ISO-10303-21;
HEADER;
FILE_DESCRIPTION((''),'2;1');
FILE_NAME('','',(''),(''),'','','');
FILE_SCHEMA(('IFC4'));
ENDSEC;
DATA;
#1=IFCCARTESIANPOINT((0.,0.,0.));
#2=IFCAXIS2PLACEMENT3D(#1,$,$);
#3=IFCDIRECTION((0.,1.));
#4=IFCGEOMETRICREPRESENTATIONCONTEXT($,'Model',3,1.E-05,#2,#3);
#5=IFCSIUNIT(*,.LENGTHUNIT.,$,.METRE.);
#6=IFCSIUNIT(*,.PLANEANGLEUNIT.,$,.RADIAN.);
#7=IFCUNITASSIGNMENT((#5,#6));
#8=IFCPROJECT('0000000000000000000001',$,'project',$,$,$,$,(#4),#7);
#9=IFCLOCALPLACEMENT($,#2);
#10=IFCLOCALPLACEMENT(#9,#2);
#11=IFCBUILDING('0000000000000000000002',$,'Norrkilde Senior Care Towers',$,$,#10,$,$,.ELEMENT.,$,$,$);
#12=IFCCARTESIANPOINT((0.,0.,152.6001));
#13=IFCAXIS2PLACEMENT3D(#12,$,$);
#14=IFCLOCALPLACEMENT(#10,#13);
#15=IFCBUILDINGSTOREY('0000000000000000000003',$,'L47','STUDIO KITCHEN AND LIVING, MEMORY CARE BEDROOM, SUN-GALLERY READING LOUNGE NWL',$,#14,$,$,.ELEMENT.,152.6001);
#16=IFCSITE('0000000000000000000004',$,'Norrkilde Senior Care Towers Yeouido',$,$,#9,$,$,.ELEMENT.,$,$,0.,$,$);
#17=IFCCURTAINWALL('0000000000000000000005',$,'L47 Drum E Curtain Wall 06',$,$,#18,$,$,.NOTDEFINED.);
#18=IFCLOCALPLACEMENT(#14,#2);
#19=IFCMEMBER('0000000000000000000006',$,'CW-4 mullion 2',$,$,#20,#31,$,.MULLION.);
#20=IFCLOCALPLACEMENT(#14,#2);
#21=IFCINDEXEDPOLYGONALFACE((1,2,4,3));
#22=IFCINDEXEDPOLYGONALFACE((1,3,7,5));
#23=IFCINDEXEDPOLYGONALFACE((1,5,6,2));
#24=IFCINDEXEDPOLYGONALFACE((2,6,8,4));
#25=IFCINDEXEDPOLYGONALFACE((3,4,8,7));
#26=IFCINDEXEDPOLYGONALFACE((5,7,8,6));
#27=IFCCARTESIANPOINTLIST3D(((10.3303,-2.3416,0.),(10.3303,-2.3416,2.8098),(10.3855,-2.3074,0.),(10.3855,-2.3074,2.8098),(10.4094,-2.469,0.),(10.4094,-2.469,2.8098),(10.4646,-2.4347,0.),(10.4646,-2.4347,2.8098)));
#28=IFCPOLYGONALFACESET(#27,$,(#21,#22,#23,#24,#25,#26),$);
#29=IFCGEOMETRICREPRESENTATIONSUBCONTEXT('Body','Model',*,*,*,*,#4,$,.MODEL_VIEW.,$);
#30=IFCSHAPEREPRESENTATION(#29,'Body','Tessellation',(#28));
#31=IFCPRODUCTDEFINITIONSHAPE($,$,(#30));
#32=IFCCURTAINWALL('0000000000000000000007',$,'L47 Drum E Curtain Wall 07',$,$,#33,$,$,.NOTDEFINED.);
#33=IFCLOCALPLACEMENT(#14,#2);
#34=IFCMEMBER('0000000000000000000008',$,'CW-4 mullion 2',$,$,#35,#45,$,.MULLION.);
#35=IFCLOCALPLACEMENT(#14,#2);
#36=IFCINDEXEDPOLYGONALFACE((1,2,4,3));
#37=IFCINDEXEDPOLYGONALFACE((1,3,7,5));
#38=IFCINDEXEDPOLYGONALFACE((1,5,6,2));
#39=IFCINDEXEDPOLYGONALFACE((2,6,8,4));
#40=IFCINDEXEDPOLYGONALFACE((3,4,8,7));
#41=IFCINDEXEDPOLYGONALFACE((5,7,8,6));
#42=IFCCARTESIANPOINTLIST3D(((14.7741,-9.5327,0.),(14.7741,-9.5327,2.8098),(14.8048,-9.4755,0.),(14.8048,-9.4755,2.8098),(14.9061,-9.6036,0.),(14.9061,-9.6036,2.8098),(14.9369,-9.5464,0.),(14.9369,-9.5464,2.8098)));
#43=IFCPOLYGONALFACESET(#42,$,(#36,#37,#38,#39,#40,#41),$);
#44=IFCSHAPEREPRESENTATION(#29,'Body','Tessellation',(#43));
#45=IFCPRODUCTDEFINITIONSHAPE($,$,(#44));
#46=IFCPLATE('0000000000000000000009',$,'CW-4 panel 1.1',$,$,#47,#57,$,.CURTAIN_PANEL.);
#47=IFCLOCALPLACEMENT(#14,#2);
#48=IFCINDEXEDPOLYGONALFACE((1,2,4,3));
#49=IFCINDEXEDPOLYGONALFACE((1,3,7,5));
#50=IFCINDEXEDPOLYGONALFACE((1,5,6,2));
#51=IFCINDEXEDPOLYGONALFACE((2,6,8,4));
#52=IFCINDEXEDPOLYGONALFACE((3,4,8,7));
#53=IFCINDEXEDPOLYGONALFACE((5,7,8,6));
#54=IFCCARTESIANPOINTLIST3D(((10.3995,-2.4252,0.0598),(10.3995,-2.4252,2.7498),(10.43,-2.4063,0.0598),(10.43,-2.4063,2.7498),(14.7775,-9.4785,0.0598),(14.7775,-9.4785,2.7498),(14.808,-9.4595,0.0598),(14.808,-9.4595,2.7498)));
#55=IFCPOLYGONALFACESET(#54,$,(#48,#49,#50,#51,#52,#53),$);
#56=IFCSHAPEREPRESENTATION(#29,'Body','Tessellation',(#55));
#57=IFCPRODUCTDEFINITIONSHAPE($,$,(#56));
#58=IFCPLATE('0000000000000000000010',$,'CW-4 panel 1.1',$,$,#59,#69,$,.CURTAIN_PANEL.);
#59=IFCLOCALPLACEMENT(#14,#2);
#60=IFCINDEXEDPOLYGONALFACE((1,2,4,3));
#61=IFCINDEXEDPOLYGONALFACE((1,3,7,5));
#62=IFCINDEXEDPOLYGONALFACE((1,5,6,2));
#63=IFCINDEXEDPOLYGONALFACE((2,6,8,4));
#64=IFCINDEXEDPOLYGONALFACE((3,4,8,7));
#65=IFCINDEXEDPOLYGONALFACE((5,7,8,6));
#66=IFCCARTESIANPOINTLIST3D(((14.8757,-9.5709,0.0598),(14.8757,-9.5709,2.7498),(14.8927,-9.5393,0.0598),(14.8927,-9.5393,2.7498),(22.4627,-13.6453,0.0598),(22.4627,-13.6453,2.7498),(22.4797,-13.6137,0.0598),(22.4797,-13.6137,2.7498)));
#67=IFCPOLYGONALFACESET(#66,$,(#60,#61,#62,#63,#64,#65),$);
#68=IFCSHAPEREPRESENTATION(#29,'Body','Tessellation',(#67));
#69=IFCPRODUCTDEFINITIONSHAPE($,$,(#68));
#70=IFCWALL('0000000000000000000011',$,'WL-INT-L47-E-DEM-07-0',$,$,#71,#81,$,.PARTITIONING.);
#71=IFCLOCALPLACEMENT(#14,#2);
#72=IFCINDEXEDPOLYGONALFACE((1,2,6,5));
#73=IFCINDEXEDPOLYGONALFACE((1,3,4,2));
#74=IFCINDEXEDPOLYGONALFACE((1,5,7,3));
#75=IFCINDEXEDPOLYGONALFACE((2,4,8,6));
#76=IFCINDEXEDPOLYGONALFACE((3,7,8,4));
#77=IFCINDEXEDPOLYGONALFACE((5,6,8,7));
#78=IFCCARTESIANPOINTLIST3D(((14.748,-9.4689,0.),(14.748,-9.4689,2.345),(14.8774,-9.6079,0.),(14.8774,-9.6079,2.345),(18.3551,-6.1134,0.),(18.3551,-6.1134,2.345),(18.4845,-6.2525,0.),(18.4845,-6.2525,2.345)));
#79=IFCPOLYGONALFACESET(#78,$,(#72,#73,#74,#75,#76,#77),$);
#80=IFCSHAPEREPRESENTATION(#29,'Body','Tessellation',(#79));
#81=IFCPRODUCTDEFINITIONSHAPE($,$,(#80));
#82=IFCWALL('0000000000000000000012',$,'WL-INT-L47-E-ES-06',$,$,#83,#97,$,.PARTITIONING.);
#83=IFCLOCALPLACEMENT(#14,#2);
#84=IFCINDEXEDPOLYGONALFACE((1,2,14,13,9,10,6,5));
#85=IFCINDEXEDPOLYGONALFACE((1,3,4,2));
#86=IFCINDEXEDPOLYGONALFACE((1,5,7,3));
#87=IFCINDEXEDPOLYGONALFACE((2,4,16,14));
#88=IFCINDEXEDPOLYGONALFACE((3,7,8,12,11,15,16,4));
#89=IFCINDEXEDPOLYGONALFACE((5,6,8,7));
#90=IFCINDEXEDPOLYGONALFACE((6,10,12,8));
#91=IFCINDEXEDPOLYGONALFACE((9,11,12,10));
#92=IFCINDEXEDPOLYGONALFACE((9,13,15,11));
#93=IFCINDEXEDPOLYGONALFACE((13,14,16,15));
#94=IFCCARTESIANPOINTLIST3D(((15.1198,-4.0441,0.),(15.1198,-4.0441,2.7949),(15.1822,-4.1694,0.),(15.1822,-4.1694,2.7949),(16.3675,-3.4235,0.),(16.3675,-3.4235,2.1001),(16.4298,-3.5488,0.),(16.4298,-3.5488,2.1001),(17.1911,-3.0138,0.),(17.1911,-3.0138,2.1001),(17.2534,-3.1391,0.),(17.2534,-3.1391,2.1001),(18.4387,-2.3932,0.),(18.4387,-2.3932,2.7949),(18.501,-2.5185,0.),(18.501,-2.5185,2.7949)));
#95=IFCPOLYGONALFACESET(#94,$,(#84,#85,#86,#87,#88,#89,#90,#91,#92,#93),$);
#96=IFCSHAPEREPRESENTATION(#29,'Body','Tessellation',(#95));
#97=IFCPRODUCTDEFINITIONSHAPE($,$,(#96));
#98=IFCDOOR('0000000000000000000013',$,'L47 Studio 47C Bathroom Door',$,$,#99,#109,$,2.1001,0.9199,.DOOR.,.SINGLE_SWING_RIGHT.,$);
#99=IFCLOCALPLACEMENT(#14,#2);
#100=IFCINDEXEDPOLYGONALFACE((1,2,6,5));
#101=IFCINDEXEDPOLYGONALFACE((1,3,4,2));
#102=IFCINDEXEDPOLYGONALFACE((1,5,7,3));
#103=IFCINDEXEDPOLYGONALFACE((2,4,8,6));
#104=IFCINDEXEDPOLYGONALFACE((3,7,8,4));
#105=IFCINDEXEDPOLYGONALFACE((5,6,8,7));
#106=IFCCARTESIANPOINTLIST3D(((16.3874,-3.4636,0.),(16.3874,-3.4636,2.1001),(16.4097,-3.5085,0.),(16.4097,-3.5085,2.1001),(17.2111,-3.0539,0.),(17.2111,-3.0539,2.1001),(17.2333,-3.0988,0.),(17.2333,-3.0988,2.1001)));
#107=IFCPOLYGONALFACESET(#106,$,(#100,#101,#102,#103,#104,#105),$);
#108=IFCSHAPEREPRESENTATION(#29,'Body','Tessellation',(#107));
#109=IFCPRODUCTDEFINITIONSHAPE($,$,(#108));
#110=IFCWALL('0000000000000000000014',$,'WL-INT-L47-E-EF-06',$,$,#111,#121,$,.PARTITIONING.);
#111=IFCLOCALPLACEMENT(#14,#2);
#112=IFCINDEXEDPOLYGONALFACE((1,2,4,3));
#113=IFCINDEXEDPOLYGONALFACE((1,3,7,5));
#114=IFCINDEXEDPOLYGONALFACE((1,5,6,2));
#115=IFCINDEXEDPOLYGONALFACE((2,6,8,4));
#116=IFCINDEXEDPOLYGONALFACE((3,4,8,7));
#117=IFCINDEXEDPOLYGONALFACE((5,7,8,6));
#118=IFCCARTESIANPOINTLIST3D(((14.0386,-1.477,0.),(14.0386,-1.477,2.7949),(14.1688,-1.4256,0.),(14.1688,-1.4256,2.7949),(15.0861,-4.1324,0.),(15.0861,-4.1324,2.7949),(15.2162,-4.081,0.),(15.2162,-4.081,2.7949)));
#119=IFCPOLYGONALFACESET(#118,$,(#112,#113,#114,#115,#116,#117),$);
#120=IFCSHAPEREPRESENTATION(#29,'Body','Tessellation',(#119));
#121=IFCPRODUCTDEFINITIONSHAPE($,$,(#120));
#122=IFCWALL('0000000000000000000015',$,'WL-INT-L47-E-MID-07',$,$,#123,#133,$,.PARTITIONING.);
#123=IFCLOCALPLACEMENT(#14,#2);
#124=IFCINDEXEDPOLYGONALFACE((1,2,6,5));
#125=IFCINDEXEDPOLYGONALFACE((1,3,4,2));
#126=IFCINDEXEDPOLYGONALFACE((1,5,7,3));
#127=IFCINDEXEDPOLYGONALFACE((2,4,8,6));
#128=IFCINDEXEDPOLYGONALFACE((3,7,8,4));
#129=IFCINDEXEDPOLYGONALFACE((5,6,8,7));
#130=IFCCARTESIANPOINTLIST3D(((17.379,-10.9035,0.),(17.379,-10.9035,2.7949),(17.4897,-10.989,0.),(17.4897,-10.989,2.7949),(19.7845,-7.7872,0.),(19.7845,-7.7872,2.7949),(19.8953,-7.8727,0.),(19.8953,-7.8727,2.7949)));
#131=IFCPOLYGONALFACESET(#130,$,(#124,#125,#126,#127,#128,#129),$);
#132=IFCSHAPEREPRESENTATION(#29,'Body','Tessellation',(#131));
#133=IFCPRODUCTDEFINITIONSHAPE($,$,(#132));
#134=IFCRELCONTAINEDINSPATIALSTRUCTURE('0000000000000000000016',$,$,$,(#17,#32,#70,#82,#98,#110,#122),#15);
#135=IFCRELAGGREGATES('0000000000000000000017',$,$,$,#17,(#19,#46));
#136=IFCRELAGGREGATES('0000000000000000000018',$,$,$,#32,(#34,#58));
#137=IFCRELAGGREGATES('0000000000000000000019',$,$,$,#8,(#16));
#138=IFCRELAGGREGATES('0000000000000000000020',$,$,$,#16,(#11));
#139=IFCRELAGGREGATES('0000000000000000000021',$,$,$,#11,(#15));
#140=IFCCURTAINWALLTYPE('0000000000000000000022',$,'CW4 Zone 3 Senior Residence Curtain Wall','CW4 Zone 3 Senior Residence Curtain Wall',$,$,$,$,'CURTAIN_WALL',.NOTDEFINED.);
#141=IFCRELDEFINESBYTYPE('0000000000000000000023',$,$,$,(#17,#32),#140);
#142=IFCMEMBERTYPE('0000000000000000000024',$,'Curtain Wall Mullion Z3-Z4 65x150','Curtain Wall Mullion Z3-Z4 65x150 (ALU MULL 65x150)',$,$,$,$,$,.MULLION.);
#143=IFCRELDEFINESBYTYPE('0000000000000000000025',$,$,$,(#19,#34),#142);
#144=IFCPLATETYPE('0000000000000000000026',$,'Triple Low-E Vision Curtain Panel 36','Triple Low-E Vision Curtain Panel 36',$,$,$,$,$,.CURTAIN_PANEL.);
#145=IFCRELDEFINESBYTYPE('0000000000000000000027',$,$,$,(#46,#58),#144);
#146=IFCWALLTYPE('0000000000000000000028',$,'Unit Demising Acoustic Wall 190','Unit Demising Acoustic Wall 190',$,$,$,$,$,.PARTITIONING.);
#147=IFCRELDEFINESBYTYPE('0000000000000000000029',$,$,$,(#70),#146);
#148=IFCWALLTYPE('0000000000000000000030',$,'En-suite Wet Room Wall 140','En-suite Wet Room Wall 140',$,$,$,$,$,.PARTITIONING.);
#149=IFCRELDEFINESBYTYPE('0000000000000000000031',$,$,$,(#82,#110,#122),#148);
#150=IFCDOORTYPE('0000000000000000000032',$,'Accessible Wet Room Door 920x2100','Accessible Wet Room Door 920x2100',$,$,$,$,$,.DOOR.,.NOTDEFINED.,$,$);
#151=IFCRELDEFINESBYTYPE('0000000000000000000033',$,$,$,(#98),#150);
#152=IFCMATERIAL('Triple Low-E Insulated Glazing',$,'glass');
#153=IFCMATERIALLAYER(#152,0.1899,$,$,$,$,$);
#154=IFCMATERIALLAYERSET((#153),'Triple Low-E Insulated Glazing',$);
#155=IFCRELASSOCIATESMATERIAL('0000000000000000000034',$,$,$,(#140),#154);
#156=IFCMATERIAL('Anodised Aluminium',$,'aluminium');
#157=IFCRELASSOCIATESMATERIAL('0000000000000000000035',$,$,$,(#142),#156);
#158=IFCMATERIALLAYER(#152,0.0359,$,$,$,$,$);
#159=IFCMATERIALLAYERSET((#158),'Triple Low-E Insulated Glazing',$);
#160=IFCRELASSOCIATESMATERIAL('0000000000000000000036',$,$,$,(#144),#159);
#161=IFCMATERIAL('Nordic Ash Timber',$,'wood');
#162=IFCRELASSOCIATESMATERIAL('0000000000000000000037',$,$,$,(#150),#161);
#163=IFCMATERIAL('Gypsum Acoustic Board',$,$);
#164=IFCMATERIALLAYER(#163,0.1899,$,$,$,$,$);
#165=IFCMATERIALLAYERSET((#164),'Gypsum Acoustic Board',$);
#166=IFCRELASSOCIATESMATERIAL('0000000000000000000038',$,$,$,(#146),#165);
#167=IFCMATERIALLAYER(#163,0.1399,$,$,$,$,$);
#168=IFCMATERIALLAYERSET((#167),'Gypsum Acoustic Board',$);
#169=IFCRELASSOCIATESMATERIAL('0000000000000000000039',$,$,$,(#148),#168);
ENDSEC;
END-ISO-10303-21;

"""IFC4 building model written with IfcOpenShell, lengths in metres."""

from ifc_helpers import new_model, si_unit, direction, frame, frame_2d, origin, origin_2d, place, context, subcontext, project, spatial, rectangle, extrude, source, transform, mapped, material, layer, layer_set, material_profile, profile_set, type_object, type_shapes, element, fill, aggregate, save


model = new_model("IFC4")

# Units and contexts
model_context = context("Model", 3, precision=1e-05, world=origin(), true_north=direction((0.0, 1.0)))
body_context = subcontext(model_context, "Body", "Model", "MODEL_VIEW")
ifc_project = project(units=[si_unit("LENGTHUNIT", "METRE"), si_unit("PLANEANGLEUNIT", "RADIAN")], contexts=[model_context])

# Site, building, storey
site_placement = place(None, origin())
site = spatial("IfcSite", under=ifc_project, at=site_placement, Name="Norrkilde Senior Care Towers Yeouido", CompositionType="ELEMENT", RefElevation=0.0)
building_placement = place(site_placement, origin())
building = spatial("IfcBuilding", under=site, at=building_placement, Name="Norrkilde Senior Care Towers", CompositionType="ELEMENT")
storey_placement = place(building_placement, frame((0.0, 0.0, 152.6001)))
storey = spatial("IfcBuildingStorey", under=building, at=storey_placement, Name="L47", Description="STUDIO KITCHEN AND LIVING, MEMORY CARE BEDROOM, SUN-GALLERY READING LOUNGE NWL", CompositionType="ELEMENT", Elevation=152.6001)

# Curtain wall
ifc_material_1 = material(Name="Triple Low-E Insulated Glazing", Category="glass")
ifc_layer_1 = layer(ifc_material_1, 0.1899)
ifc_layer_set_1 = layer_set([ifc_layer_1], Name="Triple Low-E Insulated Glazing")
curtain_wall_type = type_object("IfcCurtainWallType", Name="CW4 Zone 3 Senior Residence Curtain Wall", Description="CW4 Zone 3 Senior Residence Curtain Wall", ElementType="CURTAIN_WALL", PredefinedType="NOTDEFINED", material=ifc_layer_set_1)
curtain_wall_1_placement = place(storey_placement, origin())
curtain_wall_1 = element("IfcCurtainWall", 1, at=curtain_wall_1_placement, inside=storey, type_object=curtain_wall_type, Name="L47 Drum E Curtain Wall 06", PredefinedType="NOTDEFINED")
ifc_material_2 = material(Name="Anodised Aluminium", Category="aluminium")
ifc_material_profile_1 = material_profile(ifc_material_2, rectangle(XDim=0.0649, YDim=0.1499, at=origin_2d()), Name="ALU MULL 65x150")
ifc_profile_set_1 = profile_set([ifc_material_profile_1], Name="Anodised Aluminium")
member_type_1 = type_object("IfcMemberType", Name="Curtain Wall Mullion Z3-Z4 65x150", Description="Curtain Wall Mullion Z3-Z4 65x150 (ALU MULL 65x150)", PredefinedType="MULLION", material=ifc_profile_set_1)
shared_shape_1 = source(origin(), body_context, "Body", "SweptSolid", [
    extrude(rectangle(XDim=0.0649, YDim=0.1499, at=origin_2d()), origin(), (0.0, 0.0, 1.0), 2.8098),
])
type_shapes(member_type_1, [shared_shape_1])

# Member
member_1_placement = place(storey_placement, frame((10.3975, -2.3882, 0.0), z_axis=(0.0, 0.0, 1.0), x_axis=(-0.849634, -0.527373, 0.0)))
member_1 = element("IfcMember", 2, at=member_1_placement, type_object=member_type_1, Name="CW-4 mullion 2", PredefinedType="MULLION", context=body_context, shape_type="MappedRepresentation", body=[
    mapped(shared_shape_1, transform((0.0, 0.0, 0.0), x_axis=(1.0, 0.0, 0.0), y_axis=(0.0, 1.0, 0.0), z_axis=(0.0, 0.0, 1.0), scale=1.0)),
])

# Curtain wall, member
curtain_wall_2_placement = place(storey_placement, origin())
curtain_wall_2 = element("IfcCurtainWall", 3, at=curtain_wall_2_placement, inside=storey, type_object=curtain_wall_type, Name="L47 Drum E Curtain Wall 07", PredefinedType="NOTDEFINED")
member_2_placement = place(storey_placement, frame((14.8555, -9.5396, 0.0), z_axis=(0.0, 0.0, 1.0), x_axis=(-0.473117, -0.881, 0.0)))
member_2 = element("IfcMember", 4, at=member_2_placement, type_object=member_type_1, Name="CW-4 mullion 2", PredefinedType="MULLION", context=body_context, shape_type="MappedRepresentation", body=[
    mapped(shared_shape_1, transform((0.0, 0.0, 0.0), x_axis=(1.0, 0.0, 0.0), y_axis=(0.0, 1.0, 0.0), z_axis=(0.0, 0.0, 1.0), scale=1.0)),
])

# Plates
ifc_layer_2 = layer(ifc_material_1, 0.0359)
ifc_layer_set_2 = layer_set([ifc_layer_2], Name="Triple Low-E Insulated Glazing")
plate_type = type_object("IfcPlateType", Name="Triple Low-E Vision Curtain Panel 36", Description="Triple Low-E Vision Curtain Panel 36", PredefinedType="CURTAIN_PANEL", material=ifc_layer_set_2)
shared_shape_2 = source(origin(), body_context, "Body", "SweptSolid", [
    extrude(rectangle(XDim=8.3015, YDim=0.0359, at=origin_2d()), origin(), (0.0, 0.0, 1.0), 2.6899),
])
plate_1_placement = place(storey_placement, frame((12.6038, -5.9424, 0.0598), z_axis=(0.0, 0.0, 1.0), x_axis=(-0.527373, 0.849634, 0.0)))
plate_1 = element("IfcPlate", 5, at=plate_1_placement, type_object=plate_type, Name="CW-4 panel 1.1", PredefinedType="CURTAIN_PANEL", context=body_context, shape_type="MappedRepresentation", body=[
    mapped(shared_shape_2, transform((0.0, 0.0, 0.0), x_axis=(1.0, 0.0, 0.0), y_axis=(0.0, 1.0, 0.0), z_axis=(0.0, 0.0, 1.0), scale=1.0)),
])
aggregate(curtain_wall_1, [member_1, plate_1])
shared_shape_3 = source(origin(), body_context, "Body", "SweptSolid", [
    extrude(rectangle(XDim=8.6118, YDim=0.0359, at=origin_2d()), origin(), (0.0, 0.0, 1.0), 2.6899),
])
type_shapes(plate_type, [shared_shape_2, shared_shape_3])
plate_2_placement = place(storey_placement, frame((18.6777, -11.5923, 0.0598), z_axis=(0.0, 0.0, 1.0), x_axis=(-0.881, 0.473117, 0.0)))
plate_2 = element("IfcPlate", 6, at=plate_2_placement, type_object=plate_type, Name="CW-4 panel 1.1", PredefinedType="CURTAIN_PANEL", context=body_context, shape_type="MappedRepresentation", body=[
    mapped(shared_shape_3, transform((0.0, 0.0, 0.0), x_axis=(1.0, 0.0, 0.0), y_axis=(0.0, 1.0, 0.0), z_axis=(0.0, 0.0, 1.0), scale=1.0)),
])
aggregate(curtain_wall_2, [member_2, plate_2])

# Shared definitions
ifc_material_3 = material(Name="Gypsum Acoustic Board")
ifc_material_4 = material(Name="Nordic Ash Timber", Category="wood")
door_type_1 = type_object("IfcDoorType", Name="Accessible Wet Room Door 920x2100", Description="Accessible Wet Room Door 920x2100", OperationType="NOTDEFINED", PredefinedType="DOOR", material=ifc_material_4)
shared_shape_4 = source(origin(), body_context, "Body", "SweptSolid", [
    extrude(rectangle(XDim=0.9199, YDim=2.1001, at=frame_2d((0.46, 1.05))), frame((0.0, 0.0249, 0.0), z_axis=(0.0, -1.0, 0.0), x_axis=(1.0, 0.0, 0.0)), (0.0, 0.0, 1.0), 0.05),
])
type_shapes(door_type_1, [shared_shape_4])

# Wall
ifc_layer_3 = layer(ifc_material_3, 0.1899)
ifc_layer_set_3 = layer_set([ifc_layer_3], Name="Gypsum Acoustic Board")
wall_type_1 = type_object("IfcWallType", Name="Unit Demising Acoustic Wall 190", Description="Unit Demising Acoustic Wall 190", PredefinedType="PARTITIONING", material=ifc_layer_set_3)
shared_shape_5 = source(origin(), body_context, "Body", "SweptSolid", [
    extrude(rectangle(XDim=4.9265, YDim=0.1899, at=frame_2d((2.4634, 0.0))), origin(), (0.0, 0.0, 1.0), 2.345),
])
type_shapes(wall_type_1, [shared_shape_5])
wall_1_placement = place(storey_placement, frame((18.4199, -6.1829, 0.0), z_axis=(0.0, 0.0, 1.0), x_axis=(-0.732191, -0.681099, 0.0)))
element("IfcWall", 7, at=wall_1_placement, inside=storey, type_object=wall_type_1, Name="WL-INT-L47-E-DEM-07-0", PredefinedType="PARTITIONING", context=body_context, shape_type="MappedRepresentation", body=[
    mapped(shared_shape_5, transform((0.0, 0.0, 0.0), x_axis=(1.0, 0.0, 0.0), y_axis=(0.0, 1.0, 0.0), z_axis=(0.0, 0.0, 1.0), scale=1.0)),
])

# Wall, opening, door
ifc_layer_4 = layer(ifc_material_3, 0.1399)
ifc_layer_set_4 = layer_set([ifc_layer_4], Name="Gypsum Acoustic Board")
wall_type_2 = type_object("IfcWallType", Name="En-suite Wet Room Wall 140", Description="En-suite Wet Room Wall 140", PredefinedType="PARTITIONING", material=ifc_layer_set_4)
shared_shape_6 = source(origin(), body_context, "Body", "SweptSolid", [
    extrude(rectangle(XDim=3.7068, YDim=0.1399, at=frame_2d((1.8535, 0.0))), origin(), (0.0, 0.0, 1.0), 2.7949),
])
wall_2_placement = place(storey_placement, frame((18.47, -2.4558, 0.0), z_axis=(0.0, 0.0, 1.0), x_axis=(-0.895347, -0.445368, 0.0)))
wall_2 = element("IfcWall", 8, at=wall_2_placement, inside=storey, type_object=wall_type_2, Name="WL-INT-L47-E-ES-06", PredefinedType="PARTITIONING", context=body_context, shape_type="MappedRepresentation", body=[
    mapped(shared_shape_6, transform((0.0, 0.0, 0.0), x_axis=(1.0, 0.0, 0.0), y_axis=(0.0, 1.0, 0.0), z_axis=(0.0, 0.0, 1.0), scale=1.0)),
])
opening_1_placement = place(wall_2_placement, frame((1.3936, 0.0, 0.0)))
opening_1 = element("IfcOpeningElement", 9, at=opening_1_placement, cuts=wall_2, PredefinedType="OPENING", context=body_context, shape_type="SweptSolid", body=[
    extrude(rectangle(XDim=0.9199, YDim=2.1001, at=frame_2d((0.46, 1.05))), frame((0.0, 0.0798, 0.0), z_axis=(0.0, -1.0, 0.0), x_axis=(1.0, 0.0, 0.0)), (0.0, 0.0, 1.0), 0.1599),
])
door_1_placement = place(opening_1_placement, origin())
door_1 = element("IfcDoor", 10, at=door_1_placement, inside=storey, type_object=door_type_1, Name="L47 Studio 47C Bathroom Door", OperationType="SINGLE_SWING_RIGHT", OverallHeight=2.1001, OverallWidth=0.9199, PredefinedType="DOOR", context=body_context, shape_type="MappedRepresentation", body=[
    mapped(shared_shape_4, transform((0.0, 0.0, 0.0), x_axis=(1.0, 0.0, 0.0), y_axis=(0.0, 1.0, 0.0), z_axis=(0.0, 0.0, 1.0), scale=1.0)),
])
fill(opening_1, door_1)

# Walls
shared_shape_7 = source(origin(), body_context, "Body", "SweptSolid", [
    extrude(rectangle(XDim=2.8545, YDim=0.1399, at=frame_2d((1.4272, 0.0))), origin(), (0.0, 0.0, 1.0), 2.7949),
])
wall_3_placement = place(storey_placement, frame((15.1511, -4.1067, 0.0), z_axis=(0.0, 0.0, 1.0), x_axis=(-0.366933, 0.930247, 0.0)))
element("IfcWall", 11, at=wall_3_placement, inside=storey, type_object=wall_type_2, Name="WL-INT-L47-E-EF-06", PredefinedType="PARTITIONING", context=body_context, shape_type="MappedRepresentation", body=[
    mapped(shared_shape_7, transform((0.0, 0.0, 0.0), x_axis=(1.0, 0.0, 0.0), y_axis=(0.0, 1.0, 0.0), z_axis=(0.0, 0.0, 1.0), scale=1.0)),
])
shared_shape_8 = source(origin(), body_context, "Body", "SweptSolid", [
    extrude(rectangle(XDim=3.9368, YDim=0.1399, at=frame_2d((1.9683, 0.0))), origin(), (0.0, 0.0, 1.0), 2.7949),
])
type_shapes(wall_type_2, [shared_shape_6, shared_shape_7, shared_shape_8])
wall_4_placement = place(storey_placement, frame((19.8398, -7.8301, 0.0), z_axis=(0.0, 0.0, 1.0), x_axis=(-0.611056, -0.791588, 0.0)))
element("IfcWall", 12, at=wall_4_placement, inside=storey, type_object=wall_type_2, Name="WL-INT-L47-E-MID-07", PredefinedType="PARTITIONING", context=body_context, shape_type="MappedRepresentation", body=[
    mapped(shared_shape_8, transform((0.0, 0.0, 0.0), x_axis=(1.0, 0.0, 0.0), y_axis=(0.0, 1.0, 0.0), z_axis=(0.0, 0.0, 1.0), scale=1.0)),
])

save(model, "model.ifc")
